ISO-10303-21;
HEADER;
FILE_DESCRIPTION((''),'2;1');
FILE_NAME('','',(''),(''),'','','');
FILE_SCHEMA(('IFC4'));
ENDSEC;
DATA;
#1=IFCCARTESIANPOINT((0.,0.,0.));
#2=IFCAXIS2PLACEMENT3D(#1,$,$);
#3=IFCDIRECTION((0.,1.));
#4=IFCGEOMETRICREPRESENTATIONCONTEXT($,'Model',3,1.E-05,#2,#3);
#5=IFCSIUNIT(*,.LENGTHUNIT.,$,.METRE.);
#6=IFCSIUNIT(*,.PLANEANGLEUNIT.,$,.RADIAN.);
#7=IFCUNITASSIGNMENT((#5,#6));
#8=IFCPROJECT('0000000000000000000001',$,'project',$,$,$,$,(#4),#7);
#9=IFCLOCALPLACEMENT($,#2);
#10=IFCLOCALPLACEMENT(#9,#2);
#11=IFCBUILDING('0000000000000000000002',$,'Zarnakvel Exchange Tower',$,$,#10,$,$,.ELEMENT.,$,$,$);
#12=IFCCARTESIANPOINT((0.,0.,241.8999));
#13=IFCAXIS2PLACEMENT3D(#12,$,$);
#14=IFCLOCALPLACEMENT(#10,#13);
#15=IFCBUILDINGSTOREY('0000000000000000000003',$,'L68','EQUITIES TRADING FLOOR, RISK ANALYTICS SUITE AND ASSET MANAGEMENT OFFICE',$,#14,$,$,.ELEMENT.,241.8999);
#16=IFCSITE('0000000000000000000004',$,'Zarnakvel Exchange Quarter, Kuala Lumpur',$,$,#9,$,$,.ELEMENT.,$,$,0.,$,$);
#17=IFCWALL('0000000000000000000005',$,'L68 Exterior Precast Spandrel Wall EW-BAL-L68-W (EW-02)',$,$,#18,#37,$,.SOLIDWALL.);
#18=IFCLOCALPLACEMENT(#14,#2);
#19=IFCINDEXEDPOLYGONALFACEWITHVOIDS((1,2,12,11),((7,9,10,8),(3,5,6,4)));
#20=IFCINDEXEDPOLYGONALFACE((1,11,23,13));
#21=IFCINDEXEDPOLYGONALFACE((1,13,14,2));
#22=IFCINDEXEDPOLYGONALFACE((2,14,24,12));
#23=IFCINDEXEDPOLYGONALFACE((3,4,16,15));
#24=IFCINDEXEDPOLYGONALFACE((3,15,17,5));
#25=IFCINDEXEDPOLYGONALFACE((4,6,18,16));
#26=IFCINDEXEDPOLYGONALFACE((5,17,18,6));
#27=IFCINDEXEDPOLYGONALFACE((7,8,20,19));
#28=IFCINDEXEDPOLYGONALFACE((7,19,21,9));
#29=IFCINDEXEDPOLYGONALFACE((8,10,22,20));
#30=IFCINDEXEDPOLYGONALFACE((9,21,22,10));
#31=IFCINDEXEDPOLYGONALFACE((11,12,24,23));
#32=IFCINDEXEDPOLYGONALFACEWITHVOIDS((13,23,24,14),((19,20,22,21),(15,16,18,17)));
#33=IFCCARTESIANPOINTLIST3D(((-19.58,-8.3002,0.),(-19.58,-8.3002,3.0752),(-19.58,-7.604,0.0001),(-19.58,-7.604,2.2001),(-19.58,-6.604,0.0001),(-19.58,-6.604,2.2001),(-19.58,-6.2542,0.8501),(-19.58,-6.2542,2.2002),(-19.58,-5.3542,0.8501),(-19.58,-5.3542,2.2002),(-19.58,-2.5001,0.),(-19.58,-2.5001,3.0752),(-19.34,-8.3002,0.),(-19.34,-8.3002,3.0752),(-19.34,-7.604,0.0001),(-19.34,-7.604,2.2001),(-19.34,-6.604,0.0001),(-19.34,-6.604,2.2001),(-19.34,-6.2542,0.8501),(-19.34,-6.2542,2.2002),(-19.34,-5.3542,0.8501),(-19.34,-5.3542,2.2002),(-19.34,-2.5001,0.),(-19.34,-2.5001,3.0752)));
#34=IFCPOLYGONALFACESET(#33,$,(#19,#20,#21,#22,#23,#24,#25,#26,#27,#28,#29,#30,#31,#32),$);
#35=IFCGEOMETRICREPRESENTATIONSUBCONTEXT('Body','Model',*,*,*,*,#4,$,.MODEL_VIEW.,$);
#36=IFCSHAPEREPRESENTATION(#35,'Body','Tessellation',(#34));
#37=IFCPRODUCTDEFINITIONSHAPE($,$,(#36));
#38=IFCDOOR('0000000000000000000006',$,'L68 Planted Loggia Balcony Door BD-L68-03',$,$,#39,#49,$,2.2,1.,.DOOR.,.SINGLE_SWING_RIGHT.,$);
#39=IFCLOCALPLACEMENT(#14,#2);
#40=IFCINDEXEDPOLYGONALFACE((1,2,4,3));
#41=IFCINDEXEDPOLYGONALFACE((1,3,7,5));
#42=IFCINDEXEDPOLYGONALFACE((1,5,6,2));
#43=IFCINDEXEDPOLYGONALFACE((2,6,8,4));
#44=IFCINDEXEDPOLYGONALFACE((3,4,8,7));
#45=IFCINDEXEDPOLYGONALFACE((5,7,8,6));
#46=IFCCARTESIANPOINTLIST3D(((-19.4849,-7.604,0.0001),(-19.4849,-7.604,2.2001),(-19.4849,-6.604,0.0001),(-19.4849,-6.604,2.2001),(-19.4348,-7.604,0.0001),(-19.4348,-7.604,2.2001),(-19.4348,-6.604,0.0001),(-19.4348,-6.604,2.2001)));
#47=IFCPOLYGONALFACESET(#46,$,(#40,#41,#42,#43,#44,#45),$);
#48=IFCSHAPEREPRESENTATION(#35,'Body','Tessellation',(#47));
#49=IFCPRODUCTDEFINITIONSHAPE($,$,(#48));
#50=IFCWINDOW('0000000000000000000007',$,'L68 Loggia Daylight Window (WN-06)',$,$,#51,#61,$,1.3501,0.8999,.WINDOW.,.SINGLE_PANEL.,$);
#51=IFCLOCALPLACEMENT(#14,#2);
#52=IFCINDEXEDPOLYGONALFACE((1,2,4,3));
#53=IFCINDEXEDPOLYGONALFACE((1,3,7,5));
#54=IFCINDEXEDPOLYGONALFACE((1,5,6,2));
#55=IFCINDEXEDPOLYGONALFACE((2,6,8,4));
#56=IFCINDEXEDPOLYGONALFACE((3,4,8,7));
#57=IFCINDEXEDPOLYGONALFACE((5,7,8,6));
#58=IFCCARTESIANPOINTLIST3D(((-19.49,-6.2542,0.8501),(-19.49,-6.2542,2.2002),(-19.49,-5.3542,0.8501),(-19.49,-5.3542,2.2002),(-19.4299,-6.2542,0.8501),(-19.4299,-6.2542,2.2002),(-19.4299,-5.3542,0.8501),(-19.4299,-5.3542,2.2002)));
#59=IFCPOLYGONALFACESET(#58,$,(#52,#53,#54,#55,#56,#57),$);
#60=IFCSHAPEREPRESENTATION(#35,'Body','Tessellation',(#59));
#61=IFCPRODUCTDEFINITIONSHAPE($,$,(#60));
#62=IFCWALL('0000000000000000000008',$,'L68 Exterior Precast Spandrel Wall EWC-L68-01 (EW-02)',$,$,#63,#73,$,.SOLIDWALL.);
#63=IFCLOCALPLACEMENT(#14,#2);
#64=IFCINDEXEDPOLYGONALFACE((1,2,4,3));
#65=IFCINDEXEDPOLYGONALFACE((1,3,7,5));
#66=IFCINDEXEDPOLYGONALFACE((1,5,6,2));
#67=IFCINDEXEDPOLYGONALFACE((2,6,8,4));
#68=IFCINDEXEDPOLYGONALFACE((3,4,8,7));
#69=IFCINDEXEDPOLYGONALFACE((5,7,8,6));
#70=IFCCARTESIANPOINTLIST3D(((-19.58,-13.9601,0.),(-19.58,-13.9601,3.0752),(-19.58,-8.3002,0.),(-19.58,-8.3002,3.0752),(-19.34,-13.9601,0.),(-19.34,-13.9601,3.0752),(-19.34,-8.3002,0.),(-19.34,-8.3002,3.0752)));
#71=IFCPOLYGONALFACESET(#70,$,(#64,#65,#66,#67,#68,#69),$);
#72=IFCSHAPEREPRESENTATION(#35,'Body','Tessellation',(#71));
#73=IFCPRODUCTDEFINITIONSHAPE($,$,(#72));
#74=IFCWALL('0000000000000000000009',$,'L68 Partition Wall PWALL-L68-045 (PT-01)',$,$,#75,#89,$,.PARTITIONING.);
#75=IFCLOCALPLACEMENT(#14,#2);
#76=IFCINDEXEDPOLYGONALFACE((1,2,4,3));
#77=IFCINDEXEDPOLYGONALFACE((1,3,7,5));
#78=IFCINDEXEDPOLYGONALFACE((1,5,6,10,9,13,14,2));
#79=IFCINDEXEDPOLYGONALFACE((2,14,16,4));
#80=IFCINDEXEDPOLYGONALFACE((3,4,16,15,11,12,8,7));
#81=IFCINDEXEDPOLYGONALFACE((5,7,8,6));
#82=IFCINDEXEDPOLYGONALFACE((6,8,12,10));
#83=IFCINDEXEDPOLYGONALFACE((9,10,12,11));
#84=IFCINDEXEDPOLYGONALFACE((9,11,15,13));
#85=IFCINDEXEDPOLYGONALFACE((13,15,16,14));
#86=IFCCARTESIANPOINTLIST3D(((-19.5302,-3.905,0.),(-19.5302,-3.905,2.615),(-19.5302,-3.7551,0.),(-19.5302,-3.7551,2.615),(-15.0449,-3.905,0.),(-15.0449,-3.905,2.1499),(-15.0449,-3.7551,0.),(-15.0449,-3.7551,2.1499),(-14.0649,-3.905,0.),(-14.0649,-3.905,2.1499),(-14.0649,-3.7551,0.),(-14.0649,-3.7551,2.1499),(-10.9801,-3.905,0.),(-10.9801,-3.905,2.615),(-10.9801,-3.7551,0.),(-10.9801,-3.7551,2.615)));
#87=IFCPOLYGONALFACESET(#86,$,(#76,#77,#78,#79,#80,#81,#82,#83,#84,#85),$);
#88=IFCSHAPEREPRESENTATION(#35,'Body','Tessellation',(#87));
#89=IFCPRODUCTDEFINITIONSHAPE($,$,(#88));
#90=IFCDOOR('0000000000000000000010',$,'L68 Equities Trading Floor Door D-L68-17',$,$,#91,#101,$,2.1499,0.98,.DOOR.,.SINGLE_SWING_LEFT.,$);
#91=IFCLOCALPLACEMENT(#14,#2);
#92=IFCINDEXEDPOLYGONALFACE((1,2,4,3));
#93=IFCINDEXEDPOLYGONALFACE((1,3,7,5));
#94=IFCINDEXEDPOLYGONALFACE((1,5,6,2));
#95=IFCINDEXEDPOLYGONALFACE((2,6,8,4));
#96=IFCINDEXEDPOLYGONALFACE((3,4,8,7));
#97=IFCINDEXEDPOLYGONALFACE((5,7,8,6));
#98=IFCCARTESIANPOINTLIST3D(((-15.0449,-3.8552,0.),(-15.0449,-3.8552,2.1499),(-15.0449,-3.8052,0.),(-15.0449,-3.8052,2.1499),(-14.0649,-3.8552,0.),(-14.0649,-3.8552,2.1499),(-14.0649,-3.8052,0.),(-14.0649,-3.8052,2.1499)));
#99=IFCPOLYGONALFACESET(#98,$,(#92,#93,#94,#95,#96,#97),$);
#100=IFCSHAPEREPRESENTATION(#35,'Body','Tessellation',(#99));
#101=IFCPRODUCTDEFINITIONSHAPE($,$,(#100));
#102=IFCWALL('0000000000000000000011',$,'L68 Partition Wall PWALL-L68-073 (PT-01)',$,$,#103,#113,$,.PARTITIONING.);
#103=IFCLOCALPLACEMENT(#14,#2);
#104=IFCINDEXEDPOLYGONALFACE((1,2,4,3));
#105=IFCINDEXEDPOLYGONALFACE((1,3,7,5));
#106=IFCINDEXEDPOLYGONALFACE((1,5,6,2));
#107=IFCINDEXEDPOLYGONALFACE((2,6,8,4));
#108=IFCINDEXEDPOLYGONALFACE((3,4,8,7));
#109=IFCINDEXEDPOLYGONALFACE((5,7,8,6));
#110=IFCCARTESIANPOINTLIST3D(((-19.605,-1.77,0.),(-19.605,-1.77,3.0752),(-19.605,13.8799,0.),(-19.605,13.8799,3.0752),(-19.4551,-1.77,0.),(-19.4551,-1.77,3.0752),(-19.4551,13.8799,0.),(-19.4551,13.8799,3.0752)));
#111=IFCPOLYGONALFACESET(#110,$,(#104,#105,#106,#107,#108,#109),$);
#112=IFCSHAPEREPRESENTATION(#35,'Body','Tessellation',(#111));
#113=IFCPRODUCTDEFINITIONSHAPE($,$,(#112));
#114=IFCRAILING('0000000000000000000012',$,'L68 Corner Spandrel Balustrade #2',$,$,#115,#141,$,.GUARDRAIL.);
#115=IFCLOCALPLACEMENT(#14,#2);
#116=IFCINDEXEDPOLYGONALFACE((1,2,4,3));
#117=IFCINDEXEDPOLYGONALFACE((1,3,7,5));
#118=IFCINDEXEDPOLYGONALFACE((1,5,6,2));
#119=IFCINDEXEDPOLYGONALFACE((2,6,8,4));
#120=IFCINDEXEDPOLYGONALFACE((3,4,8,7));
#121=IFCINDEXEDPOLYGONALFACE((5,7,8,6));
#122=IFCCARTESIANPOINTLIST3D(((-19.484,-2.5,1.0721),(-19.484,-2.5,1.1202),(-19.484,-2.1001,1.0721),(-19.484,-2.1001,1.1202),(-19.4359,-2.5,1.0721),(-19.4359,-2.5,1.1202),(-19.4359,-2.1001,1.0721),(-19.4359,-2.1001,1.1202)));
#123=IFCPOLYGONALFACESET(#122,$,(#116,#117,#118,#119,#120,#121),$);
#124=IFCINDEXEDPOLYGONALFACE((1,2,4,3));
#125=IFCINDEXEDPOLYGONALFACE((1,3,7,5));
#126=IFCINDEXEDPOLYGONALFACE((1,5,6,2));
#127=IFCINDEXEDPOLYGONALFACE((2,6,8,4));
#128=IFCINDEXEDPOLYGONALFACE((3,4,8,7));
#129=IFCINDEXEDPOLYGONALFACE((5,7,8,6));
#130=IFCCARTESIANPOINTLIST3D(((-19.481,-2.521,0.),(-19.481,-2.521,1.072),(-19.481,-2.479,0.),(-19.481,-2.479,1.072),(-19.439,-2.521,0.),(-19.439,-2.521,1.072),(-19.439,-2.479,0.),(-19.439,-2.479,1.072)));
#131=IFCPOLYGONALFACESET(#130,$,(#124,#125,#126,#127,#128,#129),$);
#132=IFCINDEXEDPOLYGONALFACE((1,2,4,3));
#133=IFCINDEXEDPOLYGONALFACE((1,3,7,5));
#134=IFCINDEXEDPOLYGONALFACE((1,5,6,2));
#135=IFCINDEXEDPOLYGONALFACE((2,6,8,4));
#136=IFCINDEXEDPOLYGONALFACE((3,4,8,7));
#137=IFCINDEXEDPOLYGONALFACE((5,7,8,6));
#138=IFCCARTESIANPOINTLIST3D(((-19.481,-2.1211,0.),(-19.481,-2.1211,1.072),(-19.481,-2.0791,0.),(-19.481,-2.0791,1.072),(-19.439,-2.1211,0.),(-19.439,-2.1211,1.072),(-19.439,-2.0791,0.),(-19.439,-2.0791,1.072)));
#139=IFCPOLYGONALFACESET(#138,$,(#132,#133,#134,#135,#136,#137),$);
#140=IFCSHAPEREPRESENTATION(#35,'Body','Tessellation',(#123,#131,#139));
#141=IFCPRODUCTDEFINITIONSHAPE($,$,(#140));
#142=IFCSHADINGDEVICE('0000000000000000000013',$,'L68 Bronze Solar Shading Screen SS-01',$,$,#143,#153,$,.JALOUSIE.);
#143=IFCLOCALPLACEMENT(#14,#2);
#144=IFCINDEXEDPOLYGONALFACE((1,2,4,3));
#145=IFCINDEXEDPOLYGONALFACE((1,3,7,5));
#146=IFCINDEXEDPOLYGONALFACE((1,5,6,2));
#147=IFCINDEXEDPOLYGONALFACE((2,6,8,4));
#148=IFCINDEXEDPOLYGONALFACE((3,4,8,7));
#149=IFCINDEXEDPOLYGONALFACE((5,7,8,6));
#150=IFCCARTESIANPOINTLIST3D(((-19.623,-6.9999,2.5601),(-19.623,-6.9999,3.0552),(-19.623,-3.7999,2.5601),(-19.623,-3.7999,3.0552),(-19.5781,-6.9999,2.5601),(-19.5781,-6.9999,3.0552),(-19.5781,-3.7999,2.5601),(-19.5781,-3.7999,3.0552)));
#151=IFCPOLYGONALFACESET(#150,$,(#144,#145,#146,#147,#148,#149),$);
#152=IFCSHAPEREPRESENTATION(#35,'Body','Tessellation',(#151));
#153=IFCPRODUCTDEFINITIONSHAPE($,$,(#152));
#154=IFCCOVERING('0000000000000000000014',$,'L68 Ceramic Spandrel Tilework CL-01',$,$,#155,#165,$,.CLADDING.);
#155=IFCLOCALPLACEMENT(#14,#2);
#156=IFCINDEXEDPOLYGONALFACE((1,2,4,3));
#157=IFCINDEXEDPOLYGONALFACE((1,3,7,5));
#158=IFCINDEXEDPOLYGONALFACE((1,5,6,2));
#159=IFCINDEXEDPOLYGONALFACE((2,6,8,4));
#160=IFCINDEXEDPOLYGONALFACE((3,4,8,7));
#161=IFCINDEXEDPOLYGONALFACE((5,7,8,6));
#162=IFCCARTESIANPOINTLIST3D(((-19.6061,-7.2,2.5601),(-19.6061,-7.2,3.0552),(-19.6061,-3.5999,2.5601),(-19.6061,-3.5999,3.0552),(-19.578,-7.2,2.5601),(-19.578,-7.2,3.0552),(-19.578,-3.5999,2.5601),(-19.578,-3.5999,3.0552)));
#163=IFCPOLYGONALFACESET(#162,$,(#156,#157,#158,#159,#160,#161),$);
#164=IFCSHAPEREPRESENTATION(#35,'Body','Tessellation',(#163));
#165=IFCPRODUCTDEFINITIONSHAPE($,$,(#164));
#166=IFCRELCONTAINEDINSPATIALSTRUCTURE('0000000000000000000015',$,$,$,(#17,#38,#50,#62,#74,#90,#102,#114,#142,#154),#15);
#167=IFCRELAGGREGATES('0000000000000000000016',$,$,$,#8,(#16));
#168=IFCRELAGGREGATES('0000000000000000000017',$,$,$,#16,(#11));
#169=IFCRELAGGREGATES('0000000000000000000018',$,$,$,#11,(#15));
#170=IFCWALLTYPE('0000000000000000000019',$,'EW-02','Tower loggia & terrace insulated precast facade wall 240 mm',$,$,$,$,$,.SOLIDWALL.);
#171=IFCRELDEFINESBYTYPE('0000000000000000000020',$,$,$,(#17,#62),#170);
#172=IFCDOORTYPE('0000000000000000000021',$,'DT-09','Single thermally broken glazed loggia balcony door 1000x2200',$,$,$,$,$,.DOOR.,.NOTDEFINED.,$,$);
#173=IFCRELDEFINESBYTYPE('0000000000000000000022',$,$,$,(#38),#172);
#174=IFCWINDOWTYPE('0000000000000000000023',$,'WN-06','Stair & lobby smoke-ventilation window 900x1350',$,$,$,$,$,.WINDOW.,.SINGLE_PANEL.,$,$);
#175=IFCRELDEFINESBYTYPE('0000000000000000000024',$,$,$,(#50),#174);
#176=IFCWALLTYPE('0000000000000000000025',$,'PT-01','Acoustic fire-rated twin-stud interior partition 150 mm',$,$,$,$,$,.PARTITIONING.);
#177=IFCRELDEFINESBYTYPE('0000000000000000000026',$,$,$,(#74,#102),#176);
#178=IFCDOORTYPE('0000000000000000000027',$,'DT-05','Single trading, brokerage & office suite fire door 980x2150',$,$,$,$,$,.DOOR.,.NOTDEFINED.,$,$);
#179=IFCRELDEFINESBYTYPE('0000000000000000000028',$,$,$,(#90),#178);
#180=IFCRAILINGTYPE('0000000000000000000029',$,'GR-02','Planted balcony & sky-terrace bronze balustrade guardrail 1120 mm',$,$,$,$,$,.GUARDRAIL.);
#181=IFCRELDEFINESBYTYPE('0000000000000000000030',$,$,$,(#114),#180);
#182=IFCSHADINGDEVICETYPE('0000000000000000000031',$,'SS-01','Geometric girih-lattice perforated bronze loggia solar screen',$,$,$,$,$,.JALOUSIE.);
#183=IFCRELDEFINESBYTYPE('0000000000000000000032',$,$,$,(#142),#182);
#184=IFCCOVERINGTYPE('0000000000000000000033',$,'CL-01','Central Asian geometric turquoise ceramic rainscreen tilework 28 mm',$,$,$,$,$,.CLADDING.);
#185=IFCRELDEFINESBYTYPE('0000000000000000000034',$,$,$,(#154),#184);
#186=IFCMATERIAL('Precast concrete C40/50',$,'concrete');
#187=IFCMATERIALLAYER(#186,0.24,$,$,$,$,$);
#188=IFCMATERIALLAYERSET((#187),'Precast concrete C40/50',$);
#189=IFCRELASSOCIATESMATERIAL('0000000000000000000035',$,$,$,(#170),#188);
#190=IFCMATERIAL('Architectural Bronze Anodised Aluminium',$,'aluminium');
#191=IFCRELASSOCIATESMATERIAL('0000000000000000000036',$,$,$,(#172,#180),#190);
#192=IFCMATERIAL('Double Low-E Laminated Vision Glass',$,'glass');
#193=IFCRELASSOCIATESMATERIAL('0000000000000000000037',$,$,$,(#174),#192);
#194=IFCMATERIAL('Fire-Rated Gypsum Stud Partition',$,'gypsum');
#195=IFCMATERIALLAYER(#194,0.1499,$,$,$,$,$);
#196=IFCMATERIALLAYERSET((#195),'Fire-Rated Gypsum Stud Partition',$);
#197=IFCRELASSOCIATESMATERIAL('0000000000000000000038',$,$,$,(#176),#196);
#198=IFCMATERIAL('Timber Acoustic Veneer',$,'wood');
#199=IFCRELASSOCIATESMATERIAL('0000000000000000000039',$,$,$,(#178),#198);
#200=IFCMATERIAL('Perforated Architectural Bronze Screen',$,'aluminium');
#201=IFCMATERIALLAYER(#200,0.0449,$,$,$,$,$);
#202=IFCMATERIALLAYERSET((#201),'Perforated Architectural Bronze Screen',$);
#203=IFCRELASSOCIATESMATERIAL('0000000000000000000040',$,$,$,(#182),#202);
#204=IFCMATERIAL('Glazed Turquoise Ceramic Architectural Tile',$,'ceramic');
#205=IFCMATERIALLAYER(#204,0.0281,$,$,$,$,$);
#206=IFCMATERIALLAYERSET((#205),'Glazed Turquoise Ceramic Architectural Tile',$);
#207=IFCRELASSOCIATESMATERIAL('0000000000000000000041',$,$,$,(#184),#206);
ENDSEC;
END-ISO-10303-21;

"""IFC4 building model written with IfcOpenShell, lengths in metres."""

from ifc_helpers import new_model, si_unit, direction, frame, frame_2d, origin, origin_2d, place, context, subcontext, project, spatial, rectangle, extrude, source, transform, mapped, material, layer, layer_set, type_object, element, fill, save


model = new_model("IFC4")

# Units and contexts
model_context = context("Model", 3, precision=1e-05, world=origin(), true_north=direction((0.0, 1.0)))
body_context = subcontext(model_context, "Body", "Model", "MODEL_VIEW")
ifc_project = project(units=[si_unit("LENGTHUNIT", "METRE"), si_unit("PLANEANGLEUNIT", "RADIAN")], contexts=[model_context])

# Site, building, storey
site_placement = place(None, origin())
site = spatial("IfcSite", under=ifc_project, at=site_placement, Name="Zarnakvel Exchange Quarter, Kuala Lumpur", CompositionType="ELEMENT", RefElevation=0.0)
building_placement = place(site_placement, origin())
building = spatial("IfcBuilding", under=site, at=building_placement, Name="Zarnakvel Exchange Tower", CompositionType="ELEMENT")
storey_placement = place(building_placement, frame((0.0, 0.0, 241.8999)))
storey = spatial("IfcBuildingStorey", under=building, at=storey_placement, Name="L68", Description="EQUITIES TRADING FLOOR, RISK ANALYTICS SUITE AND ASSET MANAGEMENT OFFICE", CompositionType="ELEMENT", Elevation=241.8999)

# Shared definitions
ifc_material_1 = material(Name="Architectural Bronze Anodised Aluminium", Category="aluminium")

# Wall, openings, door, window
ifc_material_2 = material(Name="Precast concrete C40/50", Category="concrete")
ifc_layer_1 = layer(ifc_material_2, 0.24)
ifc_layer_set_1 = layer_set([ifc_layer_1], Name="Precast concrete C40/50")
wall_type_1 = type_object("IfcWallType", Name="EW-02", Description="Tower loggia & terrace insulated precast facade wall 240 mm", PredefinedType="SOLIDWALL", material=ifc_layer_set_1)
wall_1_placement = place(storey_placement, frame((-19.46, -8.3, 0.0), z_axis=(0.0, 0.0, 1.0), x_axis=(0.0, 1.0, 0.0)))
wall_1 = element("IfcWall", 1, at=wall_1_placement, inside=storey, type_object=wall_type_1, Name="L68 Exterior Precast Spandrel Wall EW-BAL-L68-W (EW-02)", PredefinedType="SOLIDWALL", context=body_context, shape_type="SweptSolid", body=[
    extrude(rectangle(XDim=5.8, YDim=0.24, at=frame_2d((2.8999, 0.0))), origin(), (0.0, 0.0, 1.0), 3.0752),
])
opening_1_placement = place(wall_1_placement, frame((0.696, 0.0, 0.0)))
opening_1 = element("IfcOpeningElement", 2, at=opening_1_placement, cuts=wall_1, PredefinedType="OPENING", context=body_context, shape_type="SweptSolid", body=[
    extrude(rectangle(XDim=1.0, YDim=2.2, at=frame_2d((0.5, 1.1001))), frame((0.0, 0.1299, 0.0), z_axis=(0.0, -1.0, 0.0), x_axis=(1.0, 0.0, 0.0)), (0.0, 0.0, 1.0), 0.26),
])
opening_2_placement = place(wall_1_placement, frame((2.0459, 0.0, 0.8501)))
opening_2 = element("IfcOpeningElement", 3, at=opening_2_placement, cuts=wall_1, PredefinedType="OPENING", context=body_context, shape_type="SweptSolid", body=[
    extrude(rectangle(XDim=0.8999, YDim=1.3501, at=frame_2d((0.45, 0.675))), frame((0.0, 0.1299, 0.0), z_axis=(0.0, -1.0, 0.0), x_axis=(1.0, 0.0, 0.0)), (0.0, 0.0, 1.0), 0.26),
])
door_type_1 = type_object("IfcDoorType", Name="DT-09", Description="Single thermally broken glazed loggia balcony door 1000x2200", OperationType="NOTDEFINED", PredefinedType="DOOR", material=ifc_material_1)
shared_shape_1 = source(origin(), body_context, "Body", "SweptSolid", [
    extrude(rectangle(XDim=1.0, YDim=2.2, at=frame_2d((0.5, 1.1001))), frame((0.0, 0.0249, 0.0), z_axis=(0.0, -1.0, 0.0), x_axis=(1.0, 0.0, 0.0)), (0.0, 0.0, 1.0), 0.05),
])
door_1_placement = place(opening_1_placement, origin())
door_1 = element("IfcDoor", 4, at=door_1_placement, inside=storey, type_object=door_type_1, Name="L68 Planted Loggia Balcony Door BD-L68-03", OperationType="SINGLE_SWING_RIGHT", OverallHeight=2.2, OverallWidth=1.0, PredefinedType="DOOR", context=body_context, shape_type="MappedRepresentation", body=[
    mapped(shared_shape_1, transform((0.0, 0.0, 0.0), x_axis=(1.0, 0.0, 0.0), y_axis=(0.0, 1.0, 0.0), z_axis=(0.0, 0.0, 1.0), scale=1.0)),
])
fill(opening_1, door_1)
ifc_material_3 = material(Name="Double Low-E Laminated Vision Glass", Category="glass")
window_type = type_object("IfcWindowType", Name="WN-06", Description="Stair & lobby smoke-ventilation window 900x1350", PartitioningType="SINGLE_PANEL", PredefinedType="WINDOW", material=ifc_material_3)
shared_shape_2 = source(origin(), body_context, "Body", "SweptSolid", [
    extrude(rectangle(XDim=0.8999, YDim=1.3501, at=frame_2d((0.45, 0.675))), frame((0.0, 0.03, 0.0), z_axis=(0.0, -1.0, 0.0), x_axis=(1.0, 0.0, 0.0)), (0.0, 0.0, 1.0), 0.0601),
])
window_placement = place(opening_2_placement, origin())
window = element("IfcWindow", 5, at=window_placement, inside=storey, type_object=window_type, Name="L68 Loggia Daylight Window (WN-06)", OverallHeight=1.3501, OverallWidth=0.8999, PartitioningType="SINGLE_PANEL", PredefinedType="WINDOW", context=body_context, shape_type="MappedRepresentation", body=[
    mapped(shared_shape_2, transform((0.0, 0.0, 0.0), x_axis=(1.0, 0.0, 0.0), y_axis=(0.0, 1.0, 0.0), z_axis=(0.0, 0.0, 1.0), scale=1.0)),
])
fill(opening_2, window)

# Wall
wall_2_placement = place(storey_placement, frame((-19.46, -8.3, 0.0), z_axis=(0.0, 0.0, 1.0), x_axis=(0.0, -1.0, 0.0)))
element("IfcWall", 6, at=wall_2_placement, inside=storey, type_object=wall_type_1, Name="L68 Exterior Precast Spandrel Wall EWC-L68-01 (EW-02)", PredefinedType="SOLIDWALL", context=body_context, shape_type="SweptSolid", body=[
    extrude(rectangle(XDim=5.6599, YDim=0.24, at=frame_2d((2.8301, 0.0))), origin(), (0.0, 0.0, 1.0), 3.0752),
])

# Wall, opening, door
ifc_material_4 = material(Name="Fire-Rated Gypsum Stud Partition", Category="gypsum")
ifc_layer_2 = layer(ifc_material_4, 0.1499)
ifc_layer_set_2 = layer_set([ifc_layer_2], Name="Fire-Rated Gypsum Stud Partition")
wall_type_2 = type_object("IfcWallType", Name="PT-01", Description="Acoustic fire-rated twin-stud interior partition 150 mm", PredefinedType="PARTITIONING", material=ifc_layer_set_2)
wall_3_placement = place(storey_placement, frame((-19.53, -3.8301, 0.0), z_axis=(0.0, 0.0, 1.0), x_axis=(1.0, 0.0, 0.0)))
wall_3 = element("IfcWall", 7, at=wall_3_placement, inside=storey, type_object=wall_type_2, Name="L68 Partition Wall PWALL-L68-045 (PT-01)", PredefinedType="PARTITIONING", context=body_context, shape_type="SweptSolid", body=[
    extrude(rectangle(XDim=8.55, YDim=0.1499, at=frame_2d((4.2749, 0.0))), origin(), (0.0, 0.0, 1.0), 2.615),
])
opening_3_placement = place(wall_3_placement, frame((4.4851, 0.0, 0.0)))
opening_3 = element("IfcOpeningElement", 8, at=opening_3_placement, cuts=wall_3, PredefinedType="OPENING", context=body_context, shape_type="SweptSolid", body=[
    extrude(rectangle(XDim=0.98, YDim=2.1499, at=frame_2d((0.49, 1.075))), frame((0.0, 0.085, 0.0), z_axis=(0.0, -1.0, 0.0), x_axis=(1.0, 0.0, 0.0)), (0.0, 0.0, 1.0), 0.1699),
])
ifc_material_5 = material(Name="Timber Acoustic Veneer", Category="wood")
door_type_2 = type_object("IfcDoorType", Name="DT-05", Description="Single trading, brokerage & office suite fire door 980x2150", OperationType="NOTDEFINED", PredefinedType="DOOR", material=ifc_material_5)
shared_shape_3 = source(origin(), body_context, "Body", "SweptSolid", [
    extrude(rectangle(XDim=0.98, YDim=2.1499, at=frame_2d((0.49, 1.075))), frame((0.0, 0.0249, 0.0), z_axis=(0.0, -1.0, 0.0), x_axis=(1.0, 0.0, 0.0)), (0.0, 0.0, 1.0), 0.05),
])
door_2_placement = place(opening_3_placement, origin())
door_2 = element("IfcDoor", 9, at=door_2_placement, inside=storey, type_object=door_type_2, Name="L68 Equities Trading Floor Door D-L68-17", OperationType="SINGLE_SWING_LEFT", OverallHeight=2.1499, OverallWidth=0.98, PredefinedType="DOOR", context=body_context, shape_type="MappedRepresentation", body=[
    mapped(shared_shape_3, transform((0.0, 0.0, 0.0), x_axis=(1.0, 0.0, 0.0), y_axis=(0.0, 1.0, 0.0), z_axis=(0.0, 0.0, 1.0), scale=1.0)),
])
fill(opening_3, door_2)

# Wall
wall_4_placement = place(storey_placement, frame((-19.53, -1.77, 0.0), z_axis=(0.0, 0.0, 1.0), x_axis=(0.0, 1.0, 0.0)))
element("IfcWall", 10, at=wall_4_placement, inside=storey, type_object=wall_type_2, Name="L68 Partition Wall PWALL-L68-073 (PT-01)", PredefinedType="PARTITIONING", context=body_context, shape_type="SweptSolid", body=[
    extrude(rectangle(XDim=15.6499, YDim=0.1499, at=frame_2d((7.825, 0.0))), origin(), (0.0, 0.0, 1.0), 3.0752),
])

# Railing
railing_type = type_object("IfcRailingType", Name="GR-02", Description="Planted balcony & sky-terrace bronze balustrade guardrail 1120 mm", PredefinedType="GUARDRAIL", material=ifc_material_1)
railing_placement = place(storey_placement, frame((-19.46, -2.5, 0.0)))
element("IfcRailing", 11, at=railing_placement, inside=storey, type_object=railing_type, Name="L68 Corner Spandrel Balustrade #2", PredefinedType="GUARDRAIL", context=body_context, shape_type="SweptSolid", body=[
    extrude(rectangle(XDim=0.0481, YDim=0.0481, at=origin_2d()), frame((0.0, 0.0, 1.0962), z_axis=(0.0, 1.0, 0.0), x_axis=(-1.0, 0.0, 0.0)), (0.0, 0.0, 1.0), 0.3999),
    extrude(rectangle(XDim=0.042, YDim=0.042, at=origin_2d()), origin(), (0.0, 0.0, 1.0), 1.072),
    extrude(rectangle(XDim=0.042, YDim=0.042, at=origin_2d()), frame((0.0, 0.3999, 0.0)), (0.0, 0.0, 1.0), 1.072),
])

# Shading device
ifc_material_6 = material(Name="Perforated Architectural Bronze Screen", Category="aluminium")
ifc_layer_3 = layer(ifc_material_6, 0.0449)
ifc_layer_set_3 = layer_set([ifc_layer_3], Name="Perforated Architectural Bronze Screen")
shading_device_type = type_object("IfcShadingDeviceType", Name="SS-01", Description="Geometric girih-lattice perforated bronze loggia solar screen", PredefinedType="JALOUSIE", material=ifc_layer_set_3)
shared_shape_4 = source(origin(), body_context, "Body", "SweptSolid", [
    extrude(rectangle(XDim=3.2, YDim=0.0449, at=origin_2d()), origin(), (0.0, 0.0, 1.0), 0.4951),
])
shading_device_placement = place(storey_placement, frame((-19.6006, -5.3999, 2.5601), z_axis=(0.0, 0.0, 1.0), x_axis=(0.0, 1.0, 0.0)))
element("IfcShadingDevice", 12, at=shading_device_placement, inside=storey, type_object=shading_device_type, Name="L68 Bronze Solar Shading Screen SS-01", PredefinedType="JALOUSIE", context=body_context, shape_type="MappedRepresentation", body=[
    mapped(shared_shape_4, transform((0.0, 0.0, 0.0), x_axis=(1.0, 0.0, 0.0), y_axis=(0.0, 1.0, 0.0), z_axis=(0.0, 0.0, 1.0), scale=1.0)),
])

# Covering
ifc_material_7 = material(Name="Glazed Turquoise Ceramic Architectural Tile", Category="ceramic")
ifc_layer_4 = layer(ifc_material_7, 0.0281)
ifc_layer_set_4 = layer_set([ifc_layer_4], Name="Glazed Turquoise Ceramic Architectural Tile")
covering_type = type_object("IfcCoveringType", Name="CL-01", Description="Central Asian geometric turquoise ceramic rainscreen tilework 28 mm", PredefinedType="CLADDING", material=ifc_layer_set_4)
shared_shape_5 = source(origin(), body_context, "Body", "SweptSolid", [
    extrude(rectangle(XDim=3.6001, YDim=0.0281, at=origin_2d()), origin(), (0.0, 0.0, 1.0), 0.4951),
])
covering_placement = place(storey_placement, frame((-19.592, -5.3999, 2.5601), z_axis=(0.0, 0.0, 1.0), x_axis=(0.0, 1.0, 0.0)))
element("IfcCovering", 13, at=covering_placement, inside=storey, type_object=covering_type, Name="L68 Ceramic Spandrel Tilework CL-01", PredefinedType="CLADDING", context=body_context, shape_type="MappedRepresentation", body=[
    mapped(shared_shape_5, transform((0.0, 0.0, 0.0), x_axis=(1.0, 0.0, 0.0), y_axis=(0.0, 1.0, 0.0), z_axis=(0.0, 0.0, 1.0), scale=1.0)),
])

save(model, "model.ifc")
